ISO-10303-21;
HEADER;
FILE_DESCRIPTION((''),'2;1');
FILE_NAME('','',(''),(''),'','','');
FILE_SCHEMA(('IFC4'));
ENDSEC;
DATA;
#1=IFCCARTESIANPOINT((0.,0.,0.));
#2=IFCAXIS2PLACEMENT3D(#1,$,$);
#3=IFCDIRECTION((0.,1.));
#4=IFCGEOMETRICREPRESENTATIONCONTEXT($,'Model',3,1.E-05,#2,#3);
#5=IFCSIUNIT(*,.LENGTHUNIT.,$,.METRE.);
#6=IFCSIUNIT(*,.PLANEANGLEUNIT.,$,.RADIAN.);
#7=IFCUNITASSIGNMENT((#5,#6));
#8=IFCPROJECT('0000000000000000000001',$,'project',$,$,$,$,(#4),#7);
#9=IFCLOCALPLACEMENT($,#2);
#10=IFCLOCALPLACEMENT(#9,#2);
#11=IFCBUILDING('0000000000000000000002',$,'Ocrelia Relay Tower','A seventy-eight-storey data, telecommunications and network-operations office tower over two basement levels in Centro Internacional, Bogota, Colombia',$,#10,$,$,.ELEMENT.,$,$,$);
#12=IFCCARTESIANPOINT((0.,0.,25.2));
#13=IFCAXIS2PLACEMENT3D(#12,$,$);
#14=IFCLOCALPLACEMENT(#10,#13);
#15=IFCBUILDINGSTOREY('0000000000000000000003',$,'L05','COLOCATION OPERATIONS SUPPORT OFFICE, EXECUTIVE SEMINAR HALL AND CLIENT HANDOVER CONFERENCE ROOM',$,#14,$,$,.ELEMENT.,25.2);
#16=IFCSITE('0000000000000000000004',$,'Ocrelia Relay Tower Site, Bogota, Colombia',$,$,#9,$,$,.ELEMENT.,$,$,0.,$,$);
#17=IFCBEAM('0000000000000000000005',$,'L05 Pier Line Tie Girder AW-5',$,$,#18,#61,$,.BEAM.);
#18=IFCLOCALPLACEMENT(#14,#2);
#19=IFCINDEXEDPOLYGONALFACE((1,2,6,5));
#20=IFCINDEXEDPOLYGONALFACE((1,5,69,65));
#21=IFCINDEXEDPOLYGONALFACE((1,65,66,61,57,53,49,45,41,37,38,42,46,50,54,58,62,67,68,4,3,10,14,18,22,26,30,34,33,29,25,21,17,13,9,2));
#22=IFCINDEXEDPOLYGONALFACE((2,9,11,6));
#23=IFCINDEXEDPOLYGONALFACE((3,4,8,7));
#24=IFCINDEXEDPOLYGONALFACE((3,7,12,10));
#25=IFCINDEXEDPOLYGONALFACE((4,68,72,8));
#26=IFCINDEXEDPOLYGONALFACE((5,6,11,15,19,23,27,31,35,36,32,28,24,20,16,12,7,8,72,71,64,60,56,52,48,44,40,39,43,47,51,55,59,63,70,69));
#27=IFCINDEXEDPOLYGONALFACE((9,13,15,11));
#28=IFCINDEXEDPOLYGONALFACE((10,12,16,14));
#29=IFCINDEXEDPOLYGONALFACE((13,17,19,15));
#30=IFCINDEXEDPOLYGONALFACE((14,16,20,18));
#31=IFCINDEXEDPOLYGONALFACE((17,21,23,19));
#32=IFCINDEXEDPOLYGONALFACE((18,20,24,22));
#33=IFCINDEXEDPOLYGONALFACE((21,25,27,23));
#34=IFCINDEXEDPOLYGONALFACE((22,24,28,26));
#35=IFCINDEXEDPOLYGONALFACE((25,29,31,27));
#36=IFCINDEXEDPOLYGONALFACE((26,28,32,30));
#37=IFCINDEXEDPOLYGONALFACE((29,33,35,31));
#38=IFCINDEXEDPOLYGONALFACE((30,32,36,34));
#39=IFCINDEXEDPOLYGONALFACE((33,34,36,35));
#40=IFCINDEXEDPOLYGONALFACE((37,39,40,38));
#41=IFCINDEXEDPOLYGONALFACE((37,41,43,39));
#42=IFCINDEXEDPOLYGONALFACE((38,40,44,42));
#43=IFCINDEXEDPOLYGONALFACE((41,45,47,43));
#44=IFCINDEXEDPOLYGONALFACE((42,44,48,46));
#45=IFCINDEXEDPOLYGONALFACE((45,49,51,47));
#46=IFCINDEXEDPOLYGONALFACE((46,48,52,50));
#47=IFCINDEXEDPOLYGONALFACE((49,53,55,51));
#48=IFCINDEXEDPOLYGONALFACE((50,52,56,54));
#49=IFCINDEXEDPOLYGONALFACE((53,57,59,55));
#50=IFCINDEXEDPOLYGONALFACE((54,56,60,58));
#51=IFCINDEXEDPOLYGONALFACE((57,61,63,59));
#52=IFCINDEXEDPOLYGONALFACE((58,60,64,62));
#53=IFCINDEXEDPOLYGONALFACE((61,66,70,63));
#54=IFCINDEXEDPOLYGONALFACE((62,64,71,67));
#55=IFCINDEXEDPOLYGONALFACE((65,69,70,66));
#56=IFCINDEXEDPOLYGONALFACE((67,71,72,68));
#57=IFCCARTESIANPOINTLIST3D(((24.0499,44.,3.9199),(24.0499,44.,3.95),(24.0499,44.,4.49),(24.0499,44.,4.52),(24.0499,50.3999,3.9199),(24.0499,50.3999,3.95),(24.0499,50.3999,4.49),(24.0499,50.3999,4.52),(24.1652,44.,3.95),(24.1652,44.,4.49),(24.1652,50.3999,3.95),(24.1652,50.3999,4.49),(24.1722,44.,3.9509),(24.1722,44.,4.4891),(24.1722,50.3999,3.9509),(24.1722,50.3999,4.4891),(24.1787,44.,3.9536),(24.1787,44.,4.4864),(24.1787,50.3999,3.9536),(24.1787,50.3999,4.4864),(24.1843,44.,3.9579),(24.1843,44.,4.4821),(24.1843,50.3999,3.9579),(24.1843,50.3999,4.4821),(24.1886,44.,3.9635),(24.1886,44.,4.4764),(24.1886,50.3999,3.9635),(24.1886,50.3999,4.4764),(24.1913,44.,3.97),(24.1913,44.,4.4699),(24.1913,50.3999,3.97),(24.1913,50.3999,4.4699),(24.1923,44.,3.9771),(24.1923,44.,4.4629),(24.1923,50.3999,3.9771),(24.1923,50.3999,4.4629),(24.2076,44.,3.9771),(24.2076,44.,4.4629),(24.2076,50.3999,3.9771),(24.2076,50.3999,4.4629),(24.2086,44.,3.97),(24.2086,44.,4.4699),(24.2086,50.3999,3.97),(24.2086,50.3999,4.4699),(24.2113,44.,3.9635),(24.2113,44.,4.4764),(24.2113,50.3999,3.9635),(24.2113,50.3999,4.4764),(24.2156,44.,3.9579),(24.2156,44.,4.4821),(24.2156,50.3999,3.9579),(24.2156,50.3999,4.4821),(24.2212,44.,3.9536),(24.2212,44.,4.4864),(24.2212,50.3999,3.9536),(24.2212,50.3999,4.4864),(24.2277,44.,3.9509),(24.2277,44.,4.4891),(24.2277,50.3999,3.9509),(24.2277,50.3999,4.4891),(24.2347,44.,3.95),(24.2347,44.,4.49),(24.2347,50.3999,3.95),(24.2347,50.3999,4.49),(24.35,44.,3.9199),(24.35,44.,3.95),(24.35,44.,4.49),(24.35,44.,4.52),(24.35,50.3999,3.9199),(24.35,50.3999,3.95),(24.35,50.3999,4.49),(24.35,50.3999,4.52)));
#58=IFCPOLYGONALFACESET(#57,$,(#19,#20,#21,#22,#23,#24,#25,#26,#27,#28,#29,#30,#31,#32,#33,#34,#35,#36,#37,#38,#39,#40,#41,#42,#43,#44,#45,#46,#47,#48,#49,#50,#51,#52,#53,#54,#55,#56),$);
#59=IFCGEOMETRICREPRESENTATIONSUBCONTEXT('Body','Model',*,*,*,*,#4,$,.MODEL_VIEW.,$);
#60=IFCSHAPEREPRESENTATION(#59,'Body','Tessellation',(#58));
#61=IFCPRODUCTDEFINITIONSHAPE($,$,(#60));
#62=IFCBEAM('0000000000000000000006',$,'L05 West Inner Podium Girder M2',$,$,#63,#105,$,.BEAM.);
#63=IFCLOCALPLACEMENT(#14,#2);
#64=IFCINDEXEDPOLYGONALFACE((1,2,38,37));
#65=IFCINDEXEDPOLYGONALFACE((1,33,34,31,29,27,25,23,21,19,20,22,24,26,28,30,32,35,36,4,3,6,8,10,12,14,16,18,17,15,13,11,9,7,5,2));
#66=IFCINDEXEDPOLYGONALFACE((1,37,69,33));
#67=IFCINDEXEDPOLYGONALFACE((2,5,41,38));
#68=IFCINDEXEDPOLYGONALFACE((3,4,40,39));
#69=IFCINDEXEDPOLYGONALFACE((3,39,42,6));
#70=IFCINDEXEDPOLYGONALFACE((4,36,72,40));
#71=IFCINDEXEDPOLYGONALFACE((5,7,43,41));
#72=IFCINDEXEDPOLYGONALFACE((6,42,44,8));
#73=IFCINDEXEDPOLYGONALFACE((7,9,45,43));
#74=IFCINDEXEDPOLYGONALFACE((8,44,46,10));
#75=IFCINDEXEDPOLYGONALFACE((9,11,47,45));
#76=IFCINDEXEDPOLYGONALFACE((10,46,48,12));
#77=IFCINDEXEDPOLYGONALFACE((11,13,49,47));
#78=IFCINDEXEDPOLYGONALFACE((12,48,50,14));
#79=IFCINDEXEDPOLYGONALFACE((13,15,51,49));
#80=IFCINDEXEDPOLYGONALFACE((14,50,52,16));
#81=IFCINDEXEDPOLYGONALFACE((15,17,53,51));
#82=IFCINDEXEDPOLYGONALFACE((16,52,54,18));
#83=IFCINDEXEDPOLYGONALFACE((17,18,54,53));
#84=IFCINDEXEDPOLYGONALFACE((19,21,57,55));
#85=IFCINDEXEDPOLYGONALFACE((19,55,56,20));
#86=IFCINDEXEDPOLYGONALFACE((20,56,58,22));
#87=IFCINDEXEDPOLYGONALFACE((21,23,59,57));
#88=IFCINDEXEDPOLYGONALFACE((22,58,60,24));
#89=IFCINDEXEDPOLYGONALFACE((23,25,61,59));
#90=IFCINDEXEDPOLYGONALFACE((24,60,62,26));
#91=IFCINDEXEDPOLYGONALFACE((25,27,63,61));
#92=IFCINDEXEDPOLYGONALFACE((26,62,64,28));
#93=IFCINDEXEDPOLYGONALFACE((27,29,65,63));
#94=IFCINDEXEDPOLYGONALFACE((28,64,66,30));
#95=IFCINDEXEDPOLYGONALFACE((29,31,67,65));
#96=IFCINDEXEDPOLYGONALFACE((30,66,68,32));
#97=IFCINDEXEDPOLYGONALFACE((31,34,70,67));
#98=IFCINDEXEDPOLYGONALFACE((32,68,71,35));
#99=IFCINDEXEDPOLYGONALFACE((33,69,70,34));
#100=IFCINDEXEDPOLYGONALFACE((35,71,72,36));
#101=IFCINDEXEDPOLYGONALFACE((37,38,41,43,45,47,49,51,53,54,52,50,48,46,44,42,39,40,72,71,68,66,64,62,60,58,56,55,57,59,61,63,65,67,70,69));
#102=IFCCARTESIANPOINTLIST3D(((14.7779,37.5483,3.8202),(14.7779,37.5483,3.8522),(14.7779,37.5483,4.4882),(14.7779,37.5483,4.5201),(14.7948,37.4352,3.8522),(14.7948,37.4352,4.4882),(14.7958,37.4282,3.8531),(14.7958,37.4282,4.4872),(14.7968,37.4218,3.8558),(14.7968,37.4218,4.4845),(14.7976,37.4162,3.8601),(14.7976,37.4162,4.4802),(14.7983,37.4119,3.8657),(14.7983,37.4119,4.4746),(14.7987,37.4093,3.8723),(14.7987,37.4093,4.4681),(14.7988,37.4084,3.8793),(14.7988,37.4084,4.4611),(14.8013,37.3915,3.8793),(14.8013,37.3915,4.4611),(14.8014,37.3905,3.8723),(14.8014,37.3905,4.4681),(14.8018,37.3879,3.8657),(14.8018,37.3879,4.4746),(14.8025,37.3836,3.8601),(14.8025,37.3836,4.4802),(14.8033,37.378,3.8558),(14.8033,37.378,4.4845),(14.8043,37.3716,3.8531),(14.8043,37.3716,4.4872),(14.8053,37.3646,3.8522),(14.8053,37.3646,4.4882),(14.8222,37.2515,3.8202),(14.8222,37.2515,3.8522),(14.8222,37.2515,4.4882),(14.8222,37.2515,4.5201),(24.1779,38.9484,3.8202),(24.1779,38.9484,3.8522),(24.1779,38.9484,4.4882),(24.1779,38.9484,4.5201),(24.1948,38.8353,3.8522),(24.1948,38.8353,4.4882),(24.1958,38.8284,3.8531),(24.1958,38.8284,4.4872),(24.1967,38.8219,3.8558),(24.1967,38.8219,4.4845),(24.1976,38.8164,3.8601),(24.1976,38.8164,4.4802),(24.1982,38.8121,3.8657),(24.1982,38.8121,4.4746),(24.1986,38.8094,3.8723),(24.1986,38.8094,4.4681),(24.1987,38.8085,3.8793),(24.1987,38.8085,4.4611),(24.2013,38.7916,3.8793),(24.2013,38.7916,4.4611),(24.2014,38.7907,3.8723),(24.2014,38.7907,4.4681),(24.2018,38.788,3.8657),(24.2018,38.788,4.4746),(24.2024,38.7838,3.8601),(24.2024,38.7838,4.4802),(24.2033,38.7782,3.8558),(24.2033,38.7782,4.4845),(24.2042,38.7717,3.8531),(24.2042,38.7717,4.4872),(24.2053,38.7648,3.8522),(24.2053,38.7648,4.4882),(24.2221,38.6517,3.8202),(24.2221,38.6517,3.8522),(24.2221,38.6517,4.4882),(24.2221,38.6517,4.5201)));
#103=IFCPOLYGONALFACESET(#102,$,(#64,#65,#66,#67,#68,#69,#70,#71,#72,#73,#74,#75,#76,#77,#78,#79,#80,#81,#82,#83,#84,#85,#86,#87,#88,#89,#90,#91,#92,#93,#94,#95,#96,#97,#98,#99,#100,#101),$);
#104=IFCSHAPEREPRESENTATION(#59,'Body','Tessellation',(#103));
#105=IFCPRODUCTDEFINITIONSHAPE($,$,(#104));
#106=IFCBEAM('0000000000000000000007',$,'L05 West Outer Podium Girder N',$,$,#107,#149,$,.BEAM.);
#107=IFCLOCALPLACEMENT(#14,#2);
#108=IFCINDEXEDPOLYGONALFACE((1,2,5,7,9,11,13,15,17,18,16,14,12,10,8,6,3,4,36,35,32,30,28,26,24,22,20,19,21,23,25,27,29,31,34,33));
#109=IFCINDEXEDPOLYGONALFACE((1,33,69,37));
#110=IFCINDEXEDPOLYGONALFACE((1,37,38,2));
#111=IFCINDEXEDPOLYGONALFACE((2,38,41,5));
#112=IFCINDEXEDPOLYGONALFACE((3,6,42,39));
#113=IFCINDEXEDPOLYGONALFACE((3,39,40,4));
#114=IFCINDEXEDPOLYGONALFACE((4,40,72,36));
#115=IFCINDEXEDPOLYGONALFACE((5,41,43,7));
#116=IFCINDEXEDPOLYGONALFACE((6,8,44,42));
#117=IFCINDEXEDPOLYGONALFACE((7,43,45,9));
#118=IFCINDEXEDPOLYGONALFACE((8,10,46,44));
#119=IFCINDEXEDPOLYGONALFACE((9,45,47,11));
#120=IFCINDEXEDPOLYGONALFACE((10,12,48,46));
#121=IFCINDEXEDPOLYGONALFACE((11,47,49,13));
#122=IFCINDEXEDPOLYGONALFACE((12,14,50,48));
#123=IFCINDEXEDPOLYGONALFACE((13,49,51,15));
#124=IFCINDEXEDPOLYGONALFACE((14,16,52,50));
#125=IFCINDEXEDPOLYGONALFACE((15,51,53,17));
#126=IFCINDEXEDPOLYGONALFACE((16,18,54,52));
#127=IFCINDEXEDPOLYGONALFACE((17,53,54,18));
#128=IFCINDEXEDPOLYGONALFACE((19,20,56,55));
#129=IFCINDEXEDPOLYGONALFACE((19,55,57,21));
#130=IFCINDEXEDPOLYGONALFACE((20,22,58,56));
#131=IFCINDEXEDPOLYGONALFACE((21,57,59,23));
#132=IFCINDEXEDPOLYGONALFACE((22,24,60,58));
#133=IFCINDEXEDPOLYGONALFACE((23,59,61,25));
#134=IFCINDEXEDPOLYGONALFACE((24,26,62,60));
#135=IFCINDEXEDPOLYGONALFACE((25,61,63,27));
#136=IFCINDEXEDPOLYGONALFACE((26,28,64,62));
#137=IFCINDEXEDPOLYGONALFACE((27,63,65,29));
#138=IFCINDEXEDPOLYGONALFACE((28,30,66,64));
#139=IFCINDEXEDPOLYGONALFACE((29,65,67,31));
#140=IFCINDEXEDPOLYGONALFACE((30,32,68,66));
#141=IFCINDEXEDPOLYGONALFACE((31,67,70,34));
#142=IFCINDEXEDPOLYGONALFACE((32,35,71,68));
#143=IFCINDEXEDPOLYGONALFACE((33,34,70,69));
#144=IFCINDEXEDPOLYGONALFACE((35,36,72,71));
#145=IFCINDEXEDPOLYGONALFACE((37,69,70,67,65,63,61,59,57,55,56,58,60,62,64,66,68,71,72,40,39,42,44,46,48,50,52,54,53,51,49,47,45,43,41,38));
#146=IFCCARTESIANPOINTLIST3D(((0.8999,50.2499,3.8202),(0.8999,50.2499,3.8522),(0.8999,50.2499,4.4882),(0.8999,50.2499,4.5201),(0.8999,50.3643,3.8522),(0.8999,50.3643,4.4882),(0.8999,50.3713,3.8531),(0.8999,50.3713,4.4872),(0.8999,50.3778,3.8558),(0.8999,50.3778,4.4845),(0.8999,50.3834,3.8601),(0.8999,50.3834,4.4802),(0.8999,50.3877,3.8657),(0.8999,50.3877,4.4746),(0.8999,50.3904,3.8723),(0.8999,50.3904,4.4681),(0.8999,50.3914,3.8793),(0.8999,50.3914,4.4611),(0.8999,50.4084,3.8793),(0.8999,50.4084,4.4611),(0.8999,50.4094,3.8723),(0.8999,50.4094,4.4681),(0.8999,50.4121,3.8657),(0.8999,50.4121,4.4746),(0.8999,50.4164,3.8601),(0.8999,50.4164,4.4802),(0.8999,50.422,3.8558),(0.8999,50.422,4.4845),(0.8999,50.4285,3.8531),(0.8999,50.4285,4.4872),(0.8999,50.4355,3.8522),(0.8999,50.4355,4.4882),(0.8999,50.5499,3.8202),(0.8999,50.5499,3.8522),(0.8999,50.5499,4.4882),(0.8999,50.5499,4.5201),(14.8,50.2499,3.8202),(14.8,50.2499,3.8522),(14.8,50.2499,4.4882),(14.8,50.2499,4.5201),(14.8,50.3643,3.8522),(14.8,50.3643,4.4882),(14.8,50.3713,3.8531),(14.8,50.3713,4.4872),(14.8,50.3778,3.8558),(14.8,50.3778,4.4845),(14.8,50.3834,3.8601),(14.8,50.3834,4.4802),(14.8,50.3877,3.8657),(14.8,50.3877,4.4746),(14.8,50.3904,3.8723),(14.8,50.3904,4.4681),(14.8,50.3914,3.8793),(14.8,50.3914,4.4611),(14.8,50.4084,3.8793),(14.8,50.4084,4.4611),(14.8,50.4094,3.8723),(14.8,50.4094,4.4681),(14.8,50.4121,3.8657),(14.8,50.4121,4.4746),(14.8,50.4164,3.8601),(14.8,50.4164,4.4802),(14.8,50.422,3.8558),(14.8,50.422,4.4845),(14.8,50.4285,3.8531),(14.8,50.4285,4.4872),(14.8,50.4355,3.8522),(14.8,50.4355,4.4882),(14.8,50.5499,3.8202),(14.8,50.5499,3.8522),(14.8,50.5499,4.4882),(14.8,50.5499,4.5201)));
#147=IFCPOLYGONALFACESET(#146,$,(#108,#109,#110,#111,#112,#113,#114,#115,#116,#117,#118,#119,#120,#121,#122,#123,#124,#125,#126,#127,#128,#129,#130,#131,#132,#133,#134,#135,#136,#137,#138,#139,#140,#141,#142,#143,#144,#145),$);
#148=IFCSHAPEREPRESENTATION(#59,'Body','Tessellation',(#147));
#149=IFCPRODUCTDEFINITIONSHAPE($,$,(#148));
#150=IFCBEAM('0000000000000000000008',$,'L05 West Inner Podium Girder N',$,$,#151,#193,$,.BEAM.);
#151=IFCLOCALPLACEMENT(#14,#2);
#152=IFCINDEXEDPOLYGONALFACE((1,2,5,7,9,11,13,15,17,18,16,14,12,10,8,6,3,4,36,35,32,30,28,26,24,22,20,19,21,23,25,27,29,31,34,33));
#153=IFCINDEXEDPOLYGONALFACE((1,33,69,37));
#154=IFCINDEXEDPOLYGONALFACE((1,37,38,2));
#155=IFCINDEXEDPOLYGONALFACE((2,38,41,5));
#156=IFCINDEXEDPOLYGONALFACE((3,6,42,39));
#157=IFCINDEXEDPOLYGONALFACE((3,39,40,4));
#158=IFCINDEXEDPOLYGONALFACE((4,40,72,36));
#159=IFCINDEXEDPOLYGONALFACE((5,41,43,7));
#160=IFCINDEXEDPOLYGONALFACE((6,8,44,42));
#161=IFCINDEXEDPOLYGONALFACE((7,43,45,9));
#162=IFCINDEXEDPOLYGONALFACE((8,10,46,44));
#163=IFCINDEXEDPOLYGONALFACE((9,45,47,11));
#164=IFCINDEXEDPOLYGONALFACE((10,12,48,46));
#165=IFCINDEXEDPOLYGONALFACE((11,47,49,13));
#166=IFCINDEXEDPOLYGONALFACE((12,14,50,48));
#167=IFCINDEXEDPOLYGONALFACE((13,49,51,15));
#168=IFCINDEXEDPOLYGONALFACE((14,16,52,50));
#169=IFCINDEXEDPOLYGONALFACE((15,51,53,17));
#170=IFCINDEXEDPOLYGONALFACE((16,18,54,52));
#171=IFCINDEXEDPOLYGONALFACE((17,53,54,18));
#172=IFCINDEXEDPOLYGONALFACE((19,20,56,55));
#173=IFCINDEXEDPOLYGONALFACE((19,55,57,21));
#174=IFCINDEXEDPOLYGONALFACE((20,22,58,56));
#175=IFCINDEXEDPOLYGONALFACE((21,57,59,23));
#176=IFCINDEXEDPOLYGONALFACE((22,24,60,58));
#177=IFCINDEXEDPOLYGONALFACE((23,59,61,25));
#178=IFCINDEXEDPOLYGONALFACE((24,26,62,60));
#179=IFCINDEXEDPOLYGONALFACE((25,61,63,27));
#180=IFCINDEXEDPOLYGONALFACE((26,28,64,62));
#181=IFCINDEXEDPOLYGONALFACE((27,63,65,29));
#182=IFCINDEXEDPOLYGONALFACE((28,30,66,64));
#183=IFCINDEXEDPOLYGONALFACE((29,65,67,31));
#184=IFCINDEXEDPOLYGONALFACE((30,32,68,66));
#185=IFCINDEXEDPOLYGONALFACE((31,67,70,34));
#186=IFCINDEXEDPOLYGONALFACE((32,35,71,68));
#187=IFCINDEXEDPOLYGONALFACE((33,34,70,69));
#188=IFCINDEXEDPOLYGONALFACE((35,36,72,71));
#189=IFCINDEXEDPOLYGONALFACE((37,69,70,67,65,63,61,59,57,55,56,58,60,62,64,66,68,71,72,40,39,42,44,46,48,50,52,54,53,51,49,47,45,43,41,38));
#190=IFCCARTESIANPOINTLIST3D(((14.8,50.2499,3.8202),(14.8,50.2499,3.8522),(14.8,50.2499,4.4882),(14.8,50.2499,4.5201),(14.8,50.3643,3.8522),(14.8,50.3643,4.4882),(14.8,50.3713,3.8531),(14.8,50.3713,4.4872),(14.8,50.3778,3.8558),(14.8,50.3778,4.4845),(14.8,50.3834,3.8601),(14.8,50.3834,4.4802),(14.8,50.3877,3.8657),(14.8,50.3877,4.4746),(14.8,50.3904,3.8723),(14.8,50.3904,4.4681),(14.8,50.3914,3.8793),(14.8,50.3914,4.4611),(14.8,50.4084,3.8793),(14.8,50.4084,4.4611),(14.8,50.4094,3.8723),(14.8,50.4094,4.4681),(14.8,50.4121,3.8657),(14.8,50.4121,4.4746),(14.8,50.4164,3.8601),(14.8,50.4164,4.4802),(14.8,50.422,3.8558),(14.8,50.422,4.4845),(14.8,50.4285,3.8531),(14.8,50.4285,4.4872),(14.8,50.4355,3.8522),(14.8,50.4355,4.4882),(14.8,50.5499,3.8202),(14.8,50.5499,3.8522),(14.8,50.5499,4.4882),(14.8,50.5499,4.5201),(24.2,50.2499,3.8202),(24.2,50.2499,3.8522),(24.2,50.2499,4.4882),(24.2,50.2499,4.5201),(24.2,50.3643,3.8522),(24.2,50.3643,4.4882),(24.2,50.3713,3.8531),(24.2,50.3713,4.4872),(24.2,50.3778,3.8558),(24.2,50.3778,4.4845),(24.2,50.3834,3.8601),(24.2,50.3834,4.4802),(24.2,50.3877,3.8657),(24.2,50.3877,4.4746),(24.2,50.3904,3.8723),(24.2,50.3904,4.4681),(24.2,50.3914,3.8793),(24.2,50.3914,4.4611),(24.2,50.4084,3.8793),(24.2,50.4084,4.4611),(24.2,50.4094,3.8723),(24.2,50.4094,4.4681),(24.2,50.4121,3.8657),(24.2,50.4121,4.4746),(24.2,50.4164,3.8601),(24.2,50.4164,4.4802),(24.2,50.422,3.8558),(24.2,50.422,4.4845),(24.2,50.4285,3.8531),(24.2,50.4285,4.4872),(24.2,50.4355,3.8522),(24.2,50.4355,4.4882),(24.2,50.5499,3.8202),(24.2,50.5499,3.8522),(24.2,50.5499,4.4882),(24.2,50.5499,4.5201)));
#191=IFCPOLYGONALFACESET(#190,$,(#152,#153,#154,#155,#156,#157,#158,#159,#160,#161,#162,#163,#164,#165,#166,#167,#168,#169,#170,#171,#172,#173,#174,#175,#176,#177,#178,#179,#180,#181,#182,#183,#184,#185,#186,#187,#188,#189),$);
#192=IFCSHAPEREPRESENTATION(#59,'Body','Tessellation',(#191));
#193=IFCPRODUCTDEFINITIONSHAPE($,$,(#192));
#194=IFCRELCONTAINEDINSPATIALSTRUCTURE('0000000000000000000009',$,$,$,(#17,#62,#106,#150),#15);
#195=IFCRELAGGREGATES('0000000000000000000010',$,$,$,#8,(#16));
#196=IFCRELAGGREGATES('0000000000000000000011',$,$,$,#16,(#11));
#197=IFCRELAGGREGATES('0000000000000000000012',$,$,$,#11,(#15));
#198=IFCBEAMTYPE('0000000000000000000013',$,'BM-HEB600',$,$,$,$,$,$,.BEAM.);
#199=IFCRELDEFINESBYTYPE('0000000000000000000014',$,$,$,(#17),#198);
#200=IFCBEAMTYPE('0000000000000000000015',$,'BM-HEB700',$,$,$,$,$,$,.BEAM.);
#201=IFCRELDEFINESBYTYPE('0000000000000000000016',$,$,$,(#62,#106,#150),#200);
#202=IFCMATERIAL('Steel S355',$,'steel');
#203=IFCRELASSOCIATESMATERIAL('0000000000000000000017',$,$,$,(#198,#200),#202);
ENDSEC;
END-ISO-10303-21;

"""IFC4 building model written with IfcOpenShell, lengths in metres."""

from ifc_helpers import new_model, si_unit, direction, frame, origin, origin_2d, place, context, subcontext, project, spatial, i_section, extrude, material, material_profile, profile_set, type_object, element, save


model = new_model("IFC4")

# Units and contexts
model_context = context("Model", 3, precision=1e-05, world=origin(), true_north=direction((0.0, 1.0)))
body_context = subcontext(model_context, "Body", "Model", "MODEL_VIEW")
ifc_project = project(units=[si_unit("LENGTHUNIT", "METRE"), si_unit("PLANEANGLEUNIT", "RADIAN")], contexts=[model_context])

# Site, building, storey
site_placement = place(None, origin())
site = spatial("IfcSite", under=ifc_project, at=site_placement, Name="Ocrelia Relay Tower Site, Bogota, Colombia", CompositionType="ELEMENT", RefElevation=0.0)
building_placement = place(site_placement, origin())
building = spatial("IfcBuilding", under=site, at=building_placement, Name="Ocrelia Relay Tower", Description="A seventy-eight-storey data, telecommunications and network-operations office tower over two basement levels in Centro Internacional, Bogota, Colombia", CompositionType="ELEMENT")
storey_placement = place(building_placement, frame((0.0, 0.0, 25.2)))
storey = spatial("IfcBuildingStorey", under=building, at=storey_placement, Name="L05", Description="COLOCATION OPERATIONS SUPPORT OFFICE, EXECUTIVE SEMINAR HALL AND CLIENT HANDOVER CONFERENCE ROOM", CompositionType="ELEMENT", Elevation=25.2)

# Beams
ifc_material_1 = material(Name="Steel S355", Category="steel")
ifc_material_profile_1 = material_profile(ifc_material_1, i_section(OverallWidth=0.3, OverallDepth=0.6001, WebThickness=0.0154, FlangeThickness=0.03, FilletRadius=0.0271, at=origin_2d()), Name="HEB 600")
ifc_profile_set_1 = profile_set([ifc_material_profile_1], Name="Steel S355")
beam_type_1 = type_object("IfcBeamType", Name="BM-HEB600", PredefinedType="BEAM", material=ifc_profile_set_1)
beam_1_placement = place(storey_placement, frame((24.2, 44.0, 4.22), z_axis=(0.0, 1.0, 0.0), x_axis=(-1.0, 0.0, 0.0)))
element("IfcBeam", 1, at=beam_1_placement, inside=storey, type_object=beam_type_1, Name="L05 Pier Line Tie Girder AW-5", PredefinedType="BEAM", context=body_context, shape_type="SweptSolid", body=[
    extrude(i_section(OverallWidth=0.3, OverallDepth=0.6001, WebThickness=0.0154, FlangeThickness=0.03, FilletRadius=0.0271, at=origin_2d()), origin(), (0.0, 0.0, 1.0), 6.3999),
])
ifc_material_profile_2 = material_profile(ifc_material_1, i_section(OverallWidth=0.3, OverallDepth=0.7, WebThickness=0.0171, FlangeThickness=0.032, FilletRadius=0.0271, at=origin_2d()), Name="HEB 700")
ifc_profile_set_2 = profile_set([ifc_material_profile_2], Name="Steel S355")
beam_type_2 = type_object("IfcBeamType", Name="BM-HEB700", PredefinedType="BEAM", material=ifc_profile_set_2)
beam_2_placement = place(storey_placement, frame((14.8, 37.3999, 4.1702), z_axis=(0.989088, 0.147328, 0.0), x_axis=(-0.147328, 0.989088, 0.0)))
element("IfcBeam", 2, at=beam_2_placement, inside=storey, type_object=beam_type_2, Name="L05 West Inner Podium Girder M2", PredefinedType="BEAM", context=body_context, shape_type="SweptSolid", body=[
    extrude(i_section(OverallWidth=0.3, OverallDepth=0.7, WebThickness=0.0171, FlangeThickness=0.032, FilletRadius=0.0271, at=origin_2d()), origin(), (0.0, 0.0, 1.0), 9.5037),
])
beam_3_placement = place(storey_placement, frame((0.8999, 50.3999, 4.1702), z_axis=(1.0, 0.0, 0.0), x_axis=(0.0, 1.0, 0.0)))
element("IfcBeam", 3, at=beam_3_placement, inside=storey, type_object=beam_type_2, Name="L05 West Outer Podium Girder N", PredefinedType="BEAM", context=body_context, shape_type="SweptSolid", body=[
    extrude(i_section(OverallWidth=0.3, OverallDepth=0.7, WebThickness=0.0171, FlangeThickness=0.032, FilletRadius=0.0271, at=origin_2d()), origin(), (0.0, 0.0, 1.0), 13.9001),
])
beam_4_placement = place(storey_placement, frame((14.8, 50.3999, 4.1702), z_axis=(1.0, 0.0, 0.0), x_axis=(0.0, 1.0, 0.0)))
element("IfcBeam", 4, at=beam_4_placement, inside=storey, type_object=beam_type_2, Name="L05 West Inner Podium Girder N", PredefinedType="BEAM", context=body_context, shape_type="SweptSolid", body=[
    extrude(i_section(OverallWidth=0.3, OverallDepth=0.7, WebThickness=0.0171, FlangeThickness=0.032, FilletRadius=0.0271, at=origin_2d()), origin(), (0.0, 0.0, 1.0), 9.3999),
])

save(model, "model.ifc")
